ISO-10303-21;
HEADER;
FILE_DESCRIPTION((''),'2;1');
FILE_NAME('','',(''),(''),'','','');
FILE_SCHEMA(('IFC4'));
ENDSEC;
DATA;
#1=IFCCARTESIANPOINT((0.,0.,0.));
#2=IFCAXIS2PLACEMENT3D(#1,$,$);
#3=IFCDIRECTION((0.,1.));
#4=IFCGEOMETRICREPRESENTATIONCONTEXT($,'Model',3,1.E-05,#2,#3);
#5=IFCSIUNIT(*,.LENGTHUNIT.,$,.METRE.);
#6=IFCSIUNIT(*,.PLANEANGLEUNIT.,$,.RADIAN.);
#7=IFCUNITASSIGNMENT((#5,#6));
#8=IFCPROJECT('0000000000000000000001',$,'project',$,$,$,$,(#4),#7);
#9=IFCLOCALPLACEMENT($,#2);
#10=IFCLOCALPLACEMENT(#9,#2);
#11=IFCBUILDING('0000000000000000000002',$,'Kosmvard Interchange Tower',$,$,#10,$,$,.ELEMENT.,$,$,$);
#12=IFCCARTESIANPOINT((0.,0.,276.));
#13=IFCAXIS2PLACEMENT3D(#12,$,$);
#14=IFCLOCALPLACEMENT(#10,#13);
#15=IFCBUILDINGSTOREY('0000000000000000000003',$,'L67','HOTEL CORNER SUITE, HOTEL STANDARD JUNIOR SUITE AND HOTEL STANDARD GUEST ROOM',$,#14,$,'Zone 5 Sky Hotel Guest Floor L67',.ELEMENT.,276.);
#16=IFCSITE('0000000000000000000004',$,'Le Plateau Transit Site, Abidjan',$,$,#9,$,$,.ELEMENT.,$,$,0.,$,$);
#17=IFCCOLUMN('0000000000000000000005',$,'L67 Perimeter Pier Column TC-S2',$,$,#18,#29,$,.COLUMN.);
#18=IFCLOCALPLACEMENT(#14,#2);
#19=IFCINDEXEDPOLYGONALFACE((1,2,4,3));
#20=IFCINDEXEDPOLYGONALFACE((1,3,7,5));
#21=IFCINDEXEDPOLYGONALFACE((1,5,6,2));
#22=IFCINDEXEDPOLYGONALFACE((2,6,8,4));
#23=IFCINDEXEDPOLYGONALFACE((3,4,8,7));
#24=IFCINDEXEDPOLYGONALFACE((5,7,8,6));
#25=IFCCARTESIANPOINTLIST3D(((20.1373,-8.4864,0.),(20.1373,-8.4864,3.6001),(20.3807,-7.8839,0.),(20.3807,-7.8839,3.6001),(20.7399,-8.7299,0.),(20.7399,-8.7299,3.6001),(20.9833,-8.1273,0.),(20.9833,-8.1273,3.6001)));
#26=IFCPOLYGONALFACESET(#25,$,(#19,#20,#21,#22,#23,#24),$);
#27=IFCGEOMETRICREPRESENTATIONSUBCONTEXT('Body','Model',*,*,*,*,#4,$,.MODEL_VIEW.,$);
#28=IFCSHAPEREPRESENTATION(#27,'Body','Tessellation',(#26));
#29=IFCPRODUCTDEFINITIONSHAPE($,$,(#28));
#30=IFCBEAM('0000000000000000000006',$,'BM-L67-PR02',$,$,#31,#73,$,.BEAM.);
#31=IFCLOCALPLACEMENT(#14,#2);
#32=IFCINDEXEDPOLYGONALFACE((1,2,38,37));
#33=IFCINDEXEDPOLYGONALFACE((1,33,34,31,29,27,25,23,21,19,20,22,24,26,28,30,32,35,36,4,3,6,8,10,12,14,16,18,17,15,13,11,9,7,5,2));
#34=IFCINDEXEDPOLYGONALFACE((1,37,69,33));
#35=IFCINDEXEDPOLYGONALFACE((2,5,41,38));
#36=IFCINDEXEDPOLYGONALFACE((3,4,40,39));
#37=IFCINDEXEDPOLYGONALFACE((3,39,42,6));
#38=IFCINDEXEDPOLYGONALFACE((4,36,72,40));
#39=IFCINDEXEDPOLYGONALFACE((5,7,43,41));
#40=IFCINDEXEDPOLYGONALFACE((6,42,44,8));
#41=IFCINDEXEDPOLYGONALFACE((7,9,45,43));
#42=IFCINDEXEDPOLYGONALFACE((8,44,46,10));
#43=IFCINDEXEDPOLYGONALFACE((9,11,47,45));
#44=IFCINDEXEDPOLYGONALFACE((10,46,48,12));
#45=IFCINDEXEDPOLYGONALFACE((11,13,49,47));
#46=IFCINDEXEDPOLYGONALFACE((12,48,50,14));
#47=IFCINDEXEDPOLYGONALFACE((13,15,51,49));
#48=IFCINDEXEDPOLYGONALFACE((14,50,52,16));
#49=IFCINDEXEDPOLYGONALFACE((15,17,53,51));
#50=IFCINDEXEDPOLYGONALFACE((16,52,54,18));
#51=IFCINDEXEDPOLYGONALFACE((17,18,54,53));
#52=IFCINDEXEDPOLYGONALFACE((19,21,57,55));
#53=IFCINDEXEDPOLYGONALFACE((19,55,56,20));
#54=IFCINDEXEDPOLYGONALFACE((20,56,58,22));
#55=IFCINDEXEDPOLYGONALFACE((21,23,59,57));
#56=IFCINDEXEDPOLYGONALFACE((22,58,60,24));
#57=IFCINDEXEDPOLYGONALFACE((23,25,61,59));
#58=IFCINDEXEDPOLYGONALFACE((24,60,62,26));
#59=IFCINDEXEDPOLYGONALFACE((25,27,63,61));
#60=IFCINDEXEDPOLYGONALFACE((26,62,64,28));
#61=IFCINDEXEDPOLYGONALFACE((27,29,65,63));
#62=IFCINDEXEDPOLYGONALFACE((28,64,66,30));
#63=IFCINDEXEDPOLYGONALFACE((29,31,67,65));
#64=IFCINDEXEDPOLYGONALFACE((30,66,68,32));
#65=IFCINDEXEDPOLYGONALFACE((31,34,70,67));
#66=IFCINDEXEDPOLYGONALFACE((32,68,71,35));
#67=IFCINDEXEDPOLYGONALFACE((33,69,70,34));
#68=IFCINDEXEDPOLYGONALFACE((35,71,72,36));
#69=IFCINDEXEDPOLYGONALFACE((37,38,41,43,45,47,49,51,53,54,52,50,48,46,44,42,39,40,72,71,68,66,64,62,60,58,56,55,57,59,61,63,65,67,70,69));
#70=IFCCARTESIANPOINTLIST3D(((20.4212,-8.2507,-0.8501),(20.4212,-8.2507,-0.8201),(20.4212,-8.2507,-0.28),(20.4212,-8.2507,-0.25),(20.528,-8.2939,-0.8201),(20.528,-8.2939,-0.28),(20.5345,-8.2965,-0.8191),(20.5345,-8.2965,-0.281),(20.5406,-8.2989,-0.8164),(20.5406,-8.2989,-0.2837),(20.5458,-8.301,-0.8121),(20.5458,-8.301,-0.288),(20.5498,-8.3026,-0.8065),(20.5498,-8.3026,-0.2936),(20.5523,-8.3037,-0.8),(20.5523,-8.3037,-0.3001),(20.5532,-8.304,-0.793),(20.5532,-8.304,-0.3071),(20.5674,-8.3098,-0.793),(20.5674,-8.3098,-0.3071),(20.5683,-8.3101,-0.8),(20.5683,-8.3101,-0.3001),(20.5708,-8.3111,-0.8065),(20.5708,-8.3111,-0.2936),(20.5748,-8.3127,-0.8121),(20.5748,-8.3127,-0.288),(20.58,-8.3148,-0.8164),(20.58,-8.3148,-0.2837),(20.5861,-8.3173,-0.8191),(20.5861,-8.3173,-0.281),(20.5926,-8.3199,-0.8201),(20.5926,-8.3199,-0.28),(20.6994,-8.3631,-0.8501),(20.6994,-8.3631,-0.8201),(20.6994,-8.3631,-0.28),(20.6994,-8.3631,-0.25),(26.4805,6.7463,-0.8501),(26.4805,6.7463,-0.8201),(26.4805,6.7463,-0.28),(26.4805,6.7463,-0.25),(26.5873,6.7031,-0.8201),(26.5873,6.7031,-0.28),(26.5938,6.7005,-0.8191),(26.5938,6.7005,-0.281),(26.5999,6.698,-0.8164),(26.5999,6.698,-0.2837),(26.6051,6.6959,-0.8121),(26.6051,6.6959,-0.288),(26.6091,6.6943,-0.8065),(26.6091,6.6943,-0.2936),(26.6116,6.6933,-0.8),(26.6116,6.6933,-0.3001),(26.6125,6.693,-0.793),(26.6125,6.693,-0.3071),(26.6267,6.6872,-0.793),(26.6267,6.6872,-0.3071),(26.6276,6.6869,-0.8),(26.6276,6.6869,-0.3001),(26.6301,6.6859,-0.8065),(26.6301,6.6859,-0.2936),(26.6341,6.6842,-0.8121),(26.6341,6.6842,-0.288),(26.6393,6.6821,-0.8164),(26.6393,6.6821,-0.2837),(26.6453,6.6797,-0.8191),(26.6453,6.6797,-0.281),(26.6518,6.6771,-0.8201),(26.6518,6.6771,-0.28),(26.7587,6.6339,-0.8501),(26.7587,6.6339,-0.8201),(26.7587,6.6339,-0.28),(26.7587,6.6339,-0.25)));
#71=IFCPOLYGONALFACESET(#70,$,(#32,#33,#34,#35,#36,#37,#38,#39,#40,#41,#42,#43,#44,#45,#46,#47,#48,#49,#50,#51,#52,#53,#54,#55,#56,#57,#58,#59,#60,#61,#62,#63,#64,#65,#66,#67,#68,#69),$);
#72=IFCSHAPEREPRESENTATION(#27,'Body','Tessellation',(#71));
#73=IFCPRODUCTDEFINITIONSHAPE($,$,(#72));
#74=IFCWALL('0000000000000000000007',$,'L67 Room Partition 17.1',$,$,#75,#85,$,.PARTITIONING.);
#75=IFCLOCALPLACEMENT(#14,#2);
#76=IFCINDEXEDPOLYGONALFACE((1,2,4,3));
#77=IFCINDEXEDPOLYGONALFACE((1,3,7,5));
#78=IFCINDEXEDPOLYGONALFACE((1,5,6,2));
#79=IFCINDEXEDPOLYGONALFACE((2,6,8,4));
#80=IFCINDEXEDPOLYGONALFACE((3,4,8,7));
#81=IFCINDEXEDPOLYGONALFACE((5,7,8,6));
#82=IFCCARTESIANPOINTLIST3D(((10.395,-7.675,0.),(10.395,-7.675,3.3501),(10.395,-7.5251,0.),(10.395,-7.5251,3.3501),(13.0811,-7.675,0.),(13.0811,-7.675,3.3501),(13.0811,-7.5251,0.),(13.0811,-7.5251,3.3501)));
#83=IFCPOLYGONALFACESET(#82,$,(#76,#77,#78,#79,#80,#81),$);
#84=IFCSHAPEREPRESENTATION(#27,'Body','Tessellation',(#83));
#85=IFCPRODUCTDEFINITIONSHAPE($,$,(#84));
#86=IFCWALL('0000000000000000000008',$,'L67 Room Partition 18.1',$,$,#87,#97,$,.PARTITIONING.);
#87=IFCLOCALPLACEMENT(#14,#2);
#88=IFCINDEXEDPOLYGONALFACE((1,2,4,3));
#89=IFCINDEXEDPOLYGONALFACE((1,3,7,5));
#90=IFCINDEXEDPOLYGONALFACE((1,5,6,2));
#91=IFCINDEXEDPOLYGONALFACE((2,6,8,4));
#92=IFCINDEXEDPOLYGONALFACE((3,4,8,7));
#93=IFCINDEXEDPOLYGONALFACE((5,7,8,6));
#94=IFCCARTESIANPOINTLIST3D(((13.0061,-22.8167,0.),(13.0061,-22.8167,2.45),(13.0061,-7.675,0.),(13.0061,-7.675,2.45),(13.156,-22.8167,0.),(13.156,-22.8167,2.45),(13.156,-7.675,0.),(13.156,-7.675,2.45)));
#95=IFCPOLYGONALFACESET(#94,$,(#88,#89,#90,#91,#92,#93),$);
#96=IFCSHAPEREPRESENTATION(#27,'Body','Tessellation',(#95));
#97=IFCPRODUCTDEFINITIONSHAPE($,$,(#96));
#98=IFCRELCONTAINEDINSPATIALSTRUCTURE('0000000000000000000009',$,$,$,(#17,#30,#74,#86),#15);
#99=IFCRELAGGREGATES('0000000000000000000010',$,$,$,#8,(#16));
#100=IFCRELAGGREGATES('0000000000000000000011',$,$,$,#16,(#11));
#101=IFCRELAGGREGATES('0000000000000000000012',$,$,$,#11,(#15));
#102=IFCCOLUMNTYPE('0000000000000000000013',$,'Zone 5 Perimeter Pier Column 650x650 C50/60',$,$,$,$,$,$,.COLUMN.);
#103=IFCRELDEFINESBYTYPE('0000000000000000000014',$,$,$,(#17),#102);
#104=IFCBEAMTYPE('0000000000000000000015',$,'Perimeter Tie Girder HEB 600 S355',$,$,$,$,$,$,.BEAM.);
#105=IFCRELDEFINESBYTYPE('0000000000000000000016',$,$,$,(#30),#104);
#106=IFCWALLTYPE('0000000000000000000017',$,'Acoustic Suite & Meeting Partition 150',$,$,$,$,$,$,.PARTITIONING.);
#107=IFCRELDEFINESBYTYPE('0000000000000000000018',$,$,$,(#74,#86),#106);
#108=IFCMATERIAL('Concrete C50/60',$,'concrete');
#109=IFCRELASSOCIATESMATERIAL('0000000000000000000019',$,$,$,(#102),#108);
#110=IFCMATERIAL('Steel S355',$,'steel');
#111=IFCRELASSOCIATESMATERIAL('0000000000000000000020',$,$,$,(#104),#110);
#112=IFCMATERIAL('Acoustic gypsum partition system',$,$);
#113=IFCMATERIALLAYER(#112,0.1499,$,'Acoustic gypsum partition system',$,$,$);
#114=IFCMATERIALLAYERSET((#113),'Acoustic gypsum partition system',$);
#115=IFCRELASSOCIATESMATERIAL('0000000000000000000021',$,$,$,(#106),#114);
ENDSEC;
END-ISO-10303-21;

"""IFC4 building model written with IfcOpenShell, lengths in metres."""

from ifc_helpers import new_model, si_unit, direction, frame, frame_2d, origin, origin_2d, place, context, subcontext, project, spatial, rectangle, i_section, extrude, source, transform, mapped, material, layer, layer_set, material_profile, profile_set, type_object, element, save


model = new_model("IFC4")

# Units and contexts
model_context = context("Model", 3, precision=1e-05, world=origin(), true_north=direction((0.0, 1.0)))
body_context = subcontext(model_context, "Body", "Model", "MODEL_VIEW")
ifc_project = project(units=[si_unit("LENGTHUNIT", "METRE"), si_unit("PLANEANGLEUNIT", "RADIAN")], contexts=[model_context])

# Site, building, storey
site_placement = place(None, origin())
site = spatial("IfcSite", under=ifc_project, at=site_placement, Name="Le Plateau Transit Site, Abidjan", CompositionType="ELEMENT", RefElevation=0.0)
building_placement = place(site_placement, origin())
building = spatial("IfcBuilding", under=site, at=building_placement, Name="Kosmvard Interchange Tower", CompositionType="ELEMENT")
storey_placement = place(building_placement, frame((0.0, 0.0, 276.0)))
storey = spatial("IfcBuildingStorey", under=building, at=storey_placement, Name="L67", Description="HOTEL CORNER SUITE, HOTEL STANDARD JUNIOR SUITE AND HOTEL STANDARD GUEST ROOM", LongName="Zone 5 Sky Hotel Guest Floor L67", CompositionType="ELEMENT", Elevation=276.0)

# Column
ifc_material_1 = material(Name="Concrete C50/60", Category="concrete")
ifc_material_profile_1 = material_profile(ifc_material_1, rectangle(XDim=0.6499, YDim=0.6499, at=origin_2d()), Name="TC 650x650")
ifc_profile_set_1 = profile_set([ifc_material_profile_1], Name="Concrete C50/60")
column_type = type_object("IfcColumnType", Name="Zone 5 Perimeter Pier Column 650x650 C50/60", PredefinedType="COLUMN", material=ifc_profile_set_1)
shared_shape_1 = source(origin(), body_context, "Body", "SweptSolid", [
    extrude(rectangle(XDim=0.6499, YDim=0.6499, at=origin_2d()), origin(), (0.0, 0.0, 1.0), 3.6001),
])
column_placement = place(storey_placement, frame((20.5603, -8.3069, 0.0), z_axis=(0.0, 0.0, 1.0), x_axis=(0.374607, 0.927184, 0.0)))
element("IfcColumn", 1, at=column_placement, inside=storey, type_object=column_type, Name="L67 Perimeter Pier Column TC-S2", PredefinedType="COLUMN", context=body_context, shape_type="MappedRepresentation", body=[
    mapped(shared_shape_1, transform((0.0, 0.0, 0.0), scale=1.0)),
])

# Beam
ifc_material_2 = material(Name="Steel S355", Category="steel")
ifc_material_profile_2 = material_profile(ifc_material_2, i_section(OverallWidth=0.3, OverallDepth=0.6001, WebThickness=0.0154, FlangeThickness=0.03, FilletRadius=0.0271, at=origin_2d()), Name="HEB 600")
ifc_profile_set_2 = profile_set([ifc_material_profile_2], Name="Steel S355")
beam_type = type_object("IfcBeamType", Name="Perimeter Tie Girder HEB 600 S355", PredefinedType="BEAM", material=ifc_profile_set_2)
shared_shape_2 = source(origin(), body_context, "Body", "SweptSolid", [
    extrude(i_section(OverallWidth=0.3, OverallDepth=0.6001, WebThickness=0.0154, FlangeThickness=0.03, FilletRadius=0.0271, at=origin_2d()), origin(), (0.0, 0.0, 1.0), 16.1748),
])
beam_placement = place(storey_placement, frame((20.5603, -8.3069, -0.55), z_axis=(0.374613, 0.927181, 0.0), x_axis=(-0.927181, 0.374613, 0.0)))
element("IfcBeam", 2, at=beam_placement, inside=storey, type_object=beam_type, Name="BM-L67-PR02", PredefinedType="BEAM", context=body_context, shape_type="MappedRepresentation", body=[
    mapped(shared_shape_2, transform((0.0, 0.0, 0.0), scale=1.0)),
])

# Walls
ifc_material_3 = material(Name="Acoustic gypsum partition system")
ifc_layer_1 = layer(ifc_material_3, 0.1499, Name="Acoustic gypsum partition system")
ifc_layer_set_1 = layer_set([ifc_layer_1], Name="Acoustic gypsum partition system")
wall_type_1 = type_object("IfcWallType", Name="Acoustic Suite & Meeting Partition 150", PredefinedType="PARTITIONING", material=ifc_layer_set_1)
wall_1_placement = place(storey_placement, frame((10.395, -7.6001, 0.0), z_axis=(0.0, 0.0, 1.0), x_axis=(1.0, 0.0, 0.0)))
element("IfcWall", 3, at=wall_1_placement, inside=storey, type_object=wall_type_1, Name="L67 Room Partition 17.1", PredefinedType="PARTITIONING", context=body_context, shape_type="SweptSolid", body=[
    extrude(rectangle(XDim=2.686, YDim=0.1499, at=frame_2d((1.343, 0.0))), origin(), (0.0, 0.0, 1.0), 3.3501),
])
wall_2_placement = place(storey_placement, frame((13.0811, -7.675, 0.0), z_axis=(0.0, 0.0, 1.0), x_axis=(0.0, -1.0, 0.0)))
element("IfcWall", 4, at=wall_2_placement, inside=storey, type_object=wall_type_1, Name="L67 Room Partition 18.1", PredefinedType="PARTITIONING", context=body_context, shape_type="SweptSolid", body=[
    extrude(rectangle(XDim=15.1416, YDim=0.1499, at=frame_2d((7.5708, 0.0))), origin(), (0.0, 0.0, 1.0), 2.45),
])

save(model, "model.ifc")
